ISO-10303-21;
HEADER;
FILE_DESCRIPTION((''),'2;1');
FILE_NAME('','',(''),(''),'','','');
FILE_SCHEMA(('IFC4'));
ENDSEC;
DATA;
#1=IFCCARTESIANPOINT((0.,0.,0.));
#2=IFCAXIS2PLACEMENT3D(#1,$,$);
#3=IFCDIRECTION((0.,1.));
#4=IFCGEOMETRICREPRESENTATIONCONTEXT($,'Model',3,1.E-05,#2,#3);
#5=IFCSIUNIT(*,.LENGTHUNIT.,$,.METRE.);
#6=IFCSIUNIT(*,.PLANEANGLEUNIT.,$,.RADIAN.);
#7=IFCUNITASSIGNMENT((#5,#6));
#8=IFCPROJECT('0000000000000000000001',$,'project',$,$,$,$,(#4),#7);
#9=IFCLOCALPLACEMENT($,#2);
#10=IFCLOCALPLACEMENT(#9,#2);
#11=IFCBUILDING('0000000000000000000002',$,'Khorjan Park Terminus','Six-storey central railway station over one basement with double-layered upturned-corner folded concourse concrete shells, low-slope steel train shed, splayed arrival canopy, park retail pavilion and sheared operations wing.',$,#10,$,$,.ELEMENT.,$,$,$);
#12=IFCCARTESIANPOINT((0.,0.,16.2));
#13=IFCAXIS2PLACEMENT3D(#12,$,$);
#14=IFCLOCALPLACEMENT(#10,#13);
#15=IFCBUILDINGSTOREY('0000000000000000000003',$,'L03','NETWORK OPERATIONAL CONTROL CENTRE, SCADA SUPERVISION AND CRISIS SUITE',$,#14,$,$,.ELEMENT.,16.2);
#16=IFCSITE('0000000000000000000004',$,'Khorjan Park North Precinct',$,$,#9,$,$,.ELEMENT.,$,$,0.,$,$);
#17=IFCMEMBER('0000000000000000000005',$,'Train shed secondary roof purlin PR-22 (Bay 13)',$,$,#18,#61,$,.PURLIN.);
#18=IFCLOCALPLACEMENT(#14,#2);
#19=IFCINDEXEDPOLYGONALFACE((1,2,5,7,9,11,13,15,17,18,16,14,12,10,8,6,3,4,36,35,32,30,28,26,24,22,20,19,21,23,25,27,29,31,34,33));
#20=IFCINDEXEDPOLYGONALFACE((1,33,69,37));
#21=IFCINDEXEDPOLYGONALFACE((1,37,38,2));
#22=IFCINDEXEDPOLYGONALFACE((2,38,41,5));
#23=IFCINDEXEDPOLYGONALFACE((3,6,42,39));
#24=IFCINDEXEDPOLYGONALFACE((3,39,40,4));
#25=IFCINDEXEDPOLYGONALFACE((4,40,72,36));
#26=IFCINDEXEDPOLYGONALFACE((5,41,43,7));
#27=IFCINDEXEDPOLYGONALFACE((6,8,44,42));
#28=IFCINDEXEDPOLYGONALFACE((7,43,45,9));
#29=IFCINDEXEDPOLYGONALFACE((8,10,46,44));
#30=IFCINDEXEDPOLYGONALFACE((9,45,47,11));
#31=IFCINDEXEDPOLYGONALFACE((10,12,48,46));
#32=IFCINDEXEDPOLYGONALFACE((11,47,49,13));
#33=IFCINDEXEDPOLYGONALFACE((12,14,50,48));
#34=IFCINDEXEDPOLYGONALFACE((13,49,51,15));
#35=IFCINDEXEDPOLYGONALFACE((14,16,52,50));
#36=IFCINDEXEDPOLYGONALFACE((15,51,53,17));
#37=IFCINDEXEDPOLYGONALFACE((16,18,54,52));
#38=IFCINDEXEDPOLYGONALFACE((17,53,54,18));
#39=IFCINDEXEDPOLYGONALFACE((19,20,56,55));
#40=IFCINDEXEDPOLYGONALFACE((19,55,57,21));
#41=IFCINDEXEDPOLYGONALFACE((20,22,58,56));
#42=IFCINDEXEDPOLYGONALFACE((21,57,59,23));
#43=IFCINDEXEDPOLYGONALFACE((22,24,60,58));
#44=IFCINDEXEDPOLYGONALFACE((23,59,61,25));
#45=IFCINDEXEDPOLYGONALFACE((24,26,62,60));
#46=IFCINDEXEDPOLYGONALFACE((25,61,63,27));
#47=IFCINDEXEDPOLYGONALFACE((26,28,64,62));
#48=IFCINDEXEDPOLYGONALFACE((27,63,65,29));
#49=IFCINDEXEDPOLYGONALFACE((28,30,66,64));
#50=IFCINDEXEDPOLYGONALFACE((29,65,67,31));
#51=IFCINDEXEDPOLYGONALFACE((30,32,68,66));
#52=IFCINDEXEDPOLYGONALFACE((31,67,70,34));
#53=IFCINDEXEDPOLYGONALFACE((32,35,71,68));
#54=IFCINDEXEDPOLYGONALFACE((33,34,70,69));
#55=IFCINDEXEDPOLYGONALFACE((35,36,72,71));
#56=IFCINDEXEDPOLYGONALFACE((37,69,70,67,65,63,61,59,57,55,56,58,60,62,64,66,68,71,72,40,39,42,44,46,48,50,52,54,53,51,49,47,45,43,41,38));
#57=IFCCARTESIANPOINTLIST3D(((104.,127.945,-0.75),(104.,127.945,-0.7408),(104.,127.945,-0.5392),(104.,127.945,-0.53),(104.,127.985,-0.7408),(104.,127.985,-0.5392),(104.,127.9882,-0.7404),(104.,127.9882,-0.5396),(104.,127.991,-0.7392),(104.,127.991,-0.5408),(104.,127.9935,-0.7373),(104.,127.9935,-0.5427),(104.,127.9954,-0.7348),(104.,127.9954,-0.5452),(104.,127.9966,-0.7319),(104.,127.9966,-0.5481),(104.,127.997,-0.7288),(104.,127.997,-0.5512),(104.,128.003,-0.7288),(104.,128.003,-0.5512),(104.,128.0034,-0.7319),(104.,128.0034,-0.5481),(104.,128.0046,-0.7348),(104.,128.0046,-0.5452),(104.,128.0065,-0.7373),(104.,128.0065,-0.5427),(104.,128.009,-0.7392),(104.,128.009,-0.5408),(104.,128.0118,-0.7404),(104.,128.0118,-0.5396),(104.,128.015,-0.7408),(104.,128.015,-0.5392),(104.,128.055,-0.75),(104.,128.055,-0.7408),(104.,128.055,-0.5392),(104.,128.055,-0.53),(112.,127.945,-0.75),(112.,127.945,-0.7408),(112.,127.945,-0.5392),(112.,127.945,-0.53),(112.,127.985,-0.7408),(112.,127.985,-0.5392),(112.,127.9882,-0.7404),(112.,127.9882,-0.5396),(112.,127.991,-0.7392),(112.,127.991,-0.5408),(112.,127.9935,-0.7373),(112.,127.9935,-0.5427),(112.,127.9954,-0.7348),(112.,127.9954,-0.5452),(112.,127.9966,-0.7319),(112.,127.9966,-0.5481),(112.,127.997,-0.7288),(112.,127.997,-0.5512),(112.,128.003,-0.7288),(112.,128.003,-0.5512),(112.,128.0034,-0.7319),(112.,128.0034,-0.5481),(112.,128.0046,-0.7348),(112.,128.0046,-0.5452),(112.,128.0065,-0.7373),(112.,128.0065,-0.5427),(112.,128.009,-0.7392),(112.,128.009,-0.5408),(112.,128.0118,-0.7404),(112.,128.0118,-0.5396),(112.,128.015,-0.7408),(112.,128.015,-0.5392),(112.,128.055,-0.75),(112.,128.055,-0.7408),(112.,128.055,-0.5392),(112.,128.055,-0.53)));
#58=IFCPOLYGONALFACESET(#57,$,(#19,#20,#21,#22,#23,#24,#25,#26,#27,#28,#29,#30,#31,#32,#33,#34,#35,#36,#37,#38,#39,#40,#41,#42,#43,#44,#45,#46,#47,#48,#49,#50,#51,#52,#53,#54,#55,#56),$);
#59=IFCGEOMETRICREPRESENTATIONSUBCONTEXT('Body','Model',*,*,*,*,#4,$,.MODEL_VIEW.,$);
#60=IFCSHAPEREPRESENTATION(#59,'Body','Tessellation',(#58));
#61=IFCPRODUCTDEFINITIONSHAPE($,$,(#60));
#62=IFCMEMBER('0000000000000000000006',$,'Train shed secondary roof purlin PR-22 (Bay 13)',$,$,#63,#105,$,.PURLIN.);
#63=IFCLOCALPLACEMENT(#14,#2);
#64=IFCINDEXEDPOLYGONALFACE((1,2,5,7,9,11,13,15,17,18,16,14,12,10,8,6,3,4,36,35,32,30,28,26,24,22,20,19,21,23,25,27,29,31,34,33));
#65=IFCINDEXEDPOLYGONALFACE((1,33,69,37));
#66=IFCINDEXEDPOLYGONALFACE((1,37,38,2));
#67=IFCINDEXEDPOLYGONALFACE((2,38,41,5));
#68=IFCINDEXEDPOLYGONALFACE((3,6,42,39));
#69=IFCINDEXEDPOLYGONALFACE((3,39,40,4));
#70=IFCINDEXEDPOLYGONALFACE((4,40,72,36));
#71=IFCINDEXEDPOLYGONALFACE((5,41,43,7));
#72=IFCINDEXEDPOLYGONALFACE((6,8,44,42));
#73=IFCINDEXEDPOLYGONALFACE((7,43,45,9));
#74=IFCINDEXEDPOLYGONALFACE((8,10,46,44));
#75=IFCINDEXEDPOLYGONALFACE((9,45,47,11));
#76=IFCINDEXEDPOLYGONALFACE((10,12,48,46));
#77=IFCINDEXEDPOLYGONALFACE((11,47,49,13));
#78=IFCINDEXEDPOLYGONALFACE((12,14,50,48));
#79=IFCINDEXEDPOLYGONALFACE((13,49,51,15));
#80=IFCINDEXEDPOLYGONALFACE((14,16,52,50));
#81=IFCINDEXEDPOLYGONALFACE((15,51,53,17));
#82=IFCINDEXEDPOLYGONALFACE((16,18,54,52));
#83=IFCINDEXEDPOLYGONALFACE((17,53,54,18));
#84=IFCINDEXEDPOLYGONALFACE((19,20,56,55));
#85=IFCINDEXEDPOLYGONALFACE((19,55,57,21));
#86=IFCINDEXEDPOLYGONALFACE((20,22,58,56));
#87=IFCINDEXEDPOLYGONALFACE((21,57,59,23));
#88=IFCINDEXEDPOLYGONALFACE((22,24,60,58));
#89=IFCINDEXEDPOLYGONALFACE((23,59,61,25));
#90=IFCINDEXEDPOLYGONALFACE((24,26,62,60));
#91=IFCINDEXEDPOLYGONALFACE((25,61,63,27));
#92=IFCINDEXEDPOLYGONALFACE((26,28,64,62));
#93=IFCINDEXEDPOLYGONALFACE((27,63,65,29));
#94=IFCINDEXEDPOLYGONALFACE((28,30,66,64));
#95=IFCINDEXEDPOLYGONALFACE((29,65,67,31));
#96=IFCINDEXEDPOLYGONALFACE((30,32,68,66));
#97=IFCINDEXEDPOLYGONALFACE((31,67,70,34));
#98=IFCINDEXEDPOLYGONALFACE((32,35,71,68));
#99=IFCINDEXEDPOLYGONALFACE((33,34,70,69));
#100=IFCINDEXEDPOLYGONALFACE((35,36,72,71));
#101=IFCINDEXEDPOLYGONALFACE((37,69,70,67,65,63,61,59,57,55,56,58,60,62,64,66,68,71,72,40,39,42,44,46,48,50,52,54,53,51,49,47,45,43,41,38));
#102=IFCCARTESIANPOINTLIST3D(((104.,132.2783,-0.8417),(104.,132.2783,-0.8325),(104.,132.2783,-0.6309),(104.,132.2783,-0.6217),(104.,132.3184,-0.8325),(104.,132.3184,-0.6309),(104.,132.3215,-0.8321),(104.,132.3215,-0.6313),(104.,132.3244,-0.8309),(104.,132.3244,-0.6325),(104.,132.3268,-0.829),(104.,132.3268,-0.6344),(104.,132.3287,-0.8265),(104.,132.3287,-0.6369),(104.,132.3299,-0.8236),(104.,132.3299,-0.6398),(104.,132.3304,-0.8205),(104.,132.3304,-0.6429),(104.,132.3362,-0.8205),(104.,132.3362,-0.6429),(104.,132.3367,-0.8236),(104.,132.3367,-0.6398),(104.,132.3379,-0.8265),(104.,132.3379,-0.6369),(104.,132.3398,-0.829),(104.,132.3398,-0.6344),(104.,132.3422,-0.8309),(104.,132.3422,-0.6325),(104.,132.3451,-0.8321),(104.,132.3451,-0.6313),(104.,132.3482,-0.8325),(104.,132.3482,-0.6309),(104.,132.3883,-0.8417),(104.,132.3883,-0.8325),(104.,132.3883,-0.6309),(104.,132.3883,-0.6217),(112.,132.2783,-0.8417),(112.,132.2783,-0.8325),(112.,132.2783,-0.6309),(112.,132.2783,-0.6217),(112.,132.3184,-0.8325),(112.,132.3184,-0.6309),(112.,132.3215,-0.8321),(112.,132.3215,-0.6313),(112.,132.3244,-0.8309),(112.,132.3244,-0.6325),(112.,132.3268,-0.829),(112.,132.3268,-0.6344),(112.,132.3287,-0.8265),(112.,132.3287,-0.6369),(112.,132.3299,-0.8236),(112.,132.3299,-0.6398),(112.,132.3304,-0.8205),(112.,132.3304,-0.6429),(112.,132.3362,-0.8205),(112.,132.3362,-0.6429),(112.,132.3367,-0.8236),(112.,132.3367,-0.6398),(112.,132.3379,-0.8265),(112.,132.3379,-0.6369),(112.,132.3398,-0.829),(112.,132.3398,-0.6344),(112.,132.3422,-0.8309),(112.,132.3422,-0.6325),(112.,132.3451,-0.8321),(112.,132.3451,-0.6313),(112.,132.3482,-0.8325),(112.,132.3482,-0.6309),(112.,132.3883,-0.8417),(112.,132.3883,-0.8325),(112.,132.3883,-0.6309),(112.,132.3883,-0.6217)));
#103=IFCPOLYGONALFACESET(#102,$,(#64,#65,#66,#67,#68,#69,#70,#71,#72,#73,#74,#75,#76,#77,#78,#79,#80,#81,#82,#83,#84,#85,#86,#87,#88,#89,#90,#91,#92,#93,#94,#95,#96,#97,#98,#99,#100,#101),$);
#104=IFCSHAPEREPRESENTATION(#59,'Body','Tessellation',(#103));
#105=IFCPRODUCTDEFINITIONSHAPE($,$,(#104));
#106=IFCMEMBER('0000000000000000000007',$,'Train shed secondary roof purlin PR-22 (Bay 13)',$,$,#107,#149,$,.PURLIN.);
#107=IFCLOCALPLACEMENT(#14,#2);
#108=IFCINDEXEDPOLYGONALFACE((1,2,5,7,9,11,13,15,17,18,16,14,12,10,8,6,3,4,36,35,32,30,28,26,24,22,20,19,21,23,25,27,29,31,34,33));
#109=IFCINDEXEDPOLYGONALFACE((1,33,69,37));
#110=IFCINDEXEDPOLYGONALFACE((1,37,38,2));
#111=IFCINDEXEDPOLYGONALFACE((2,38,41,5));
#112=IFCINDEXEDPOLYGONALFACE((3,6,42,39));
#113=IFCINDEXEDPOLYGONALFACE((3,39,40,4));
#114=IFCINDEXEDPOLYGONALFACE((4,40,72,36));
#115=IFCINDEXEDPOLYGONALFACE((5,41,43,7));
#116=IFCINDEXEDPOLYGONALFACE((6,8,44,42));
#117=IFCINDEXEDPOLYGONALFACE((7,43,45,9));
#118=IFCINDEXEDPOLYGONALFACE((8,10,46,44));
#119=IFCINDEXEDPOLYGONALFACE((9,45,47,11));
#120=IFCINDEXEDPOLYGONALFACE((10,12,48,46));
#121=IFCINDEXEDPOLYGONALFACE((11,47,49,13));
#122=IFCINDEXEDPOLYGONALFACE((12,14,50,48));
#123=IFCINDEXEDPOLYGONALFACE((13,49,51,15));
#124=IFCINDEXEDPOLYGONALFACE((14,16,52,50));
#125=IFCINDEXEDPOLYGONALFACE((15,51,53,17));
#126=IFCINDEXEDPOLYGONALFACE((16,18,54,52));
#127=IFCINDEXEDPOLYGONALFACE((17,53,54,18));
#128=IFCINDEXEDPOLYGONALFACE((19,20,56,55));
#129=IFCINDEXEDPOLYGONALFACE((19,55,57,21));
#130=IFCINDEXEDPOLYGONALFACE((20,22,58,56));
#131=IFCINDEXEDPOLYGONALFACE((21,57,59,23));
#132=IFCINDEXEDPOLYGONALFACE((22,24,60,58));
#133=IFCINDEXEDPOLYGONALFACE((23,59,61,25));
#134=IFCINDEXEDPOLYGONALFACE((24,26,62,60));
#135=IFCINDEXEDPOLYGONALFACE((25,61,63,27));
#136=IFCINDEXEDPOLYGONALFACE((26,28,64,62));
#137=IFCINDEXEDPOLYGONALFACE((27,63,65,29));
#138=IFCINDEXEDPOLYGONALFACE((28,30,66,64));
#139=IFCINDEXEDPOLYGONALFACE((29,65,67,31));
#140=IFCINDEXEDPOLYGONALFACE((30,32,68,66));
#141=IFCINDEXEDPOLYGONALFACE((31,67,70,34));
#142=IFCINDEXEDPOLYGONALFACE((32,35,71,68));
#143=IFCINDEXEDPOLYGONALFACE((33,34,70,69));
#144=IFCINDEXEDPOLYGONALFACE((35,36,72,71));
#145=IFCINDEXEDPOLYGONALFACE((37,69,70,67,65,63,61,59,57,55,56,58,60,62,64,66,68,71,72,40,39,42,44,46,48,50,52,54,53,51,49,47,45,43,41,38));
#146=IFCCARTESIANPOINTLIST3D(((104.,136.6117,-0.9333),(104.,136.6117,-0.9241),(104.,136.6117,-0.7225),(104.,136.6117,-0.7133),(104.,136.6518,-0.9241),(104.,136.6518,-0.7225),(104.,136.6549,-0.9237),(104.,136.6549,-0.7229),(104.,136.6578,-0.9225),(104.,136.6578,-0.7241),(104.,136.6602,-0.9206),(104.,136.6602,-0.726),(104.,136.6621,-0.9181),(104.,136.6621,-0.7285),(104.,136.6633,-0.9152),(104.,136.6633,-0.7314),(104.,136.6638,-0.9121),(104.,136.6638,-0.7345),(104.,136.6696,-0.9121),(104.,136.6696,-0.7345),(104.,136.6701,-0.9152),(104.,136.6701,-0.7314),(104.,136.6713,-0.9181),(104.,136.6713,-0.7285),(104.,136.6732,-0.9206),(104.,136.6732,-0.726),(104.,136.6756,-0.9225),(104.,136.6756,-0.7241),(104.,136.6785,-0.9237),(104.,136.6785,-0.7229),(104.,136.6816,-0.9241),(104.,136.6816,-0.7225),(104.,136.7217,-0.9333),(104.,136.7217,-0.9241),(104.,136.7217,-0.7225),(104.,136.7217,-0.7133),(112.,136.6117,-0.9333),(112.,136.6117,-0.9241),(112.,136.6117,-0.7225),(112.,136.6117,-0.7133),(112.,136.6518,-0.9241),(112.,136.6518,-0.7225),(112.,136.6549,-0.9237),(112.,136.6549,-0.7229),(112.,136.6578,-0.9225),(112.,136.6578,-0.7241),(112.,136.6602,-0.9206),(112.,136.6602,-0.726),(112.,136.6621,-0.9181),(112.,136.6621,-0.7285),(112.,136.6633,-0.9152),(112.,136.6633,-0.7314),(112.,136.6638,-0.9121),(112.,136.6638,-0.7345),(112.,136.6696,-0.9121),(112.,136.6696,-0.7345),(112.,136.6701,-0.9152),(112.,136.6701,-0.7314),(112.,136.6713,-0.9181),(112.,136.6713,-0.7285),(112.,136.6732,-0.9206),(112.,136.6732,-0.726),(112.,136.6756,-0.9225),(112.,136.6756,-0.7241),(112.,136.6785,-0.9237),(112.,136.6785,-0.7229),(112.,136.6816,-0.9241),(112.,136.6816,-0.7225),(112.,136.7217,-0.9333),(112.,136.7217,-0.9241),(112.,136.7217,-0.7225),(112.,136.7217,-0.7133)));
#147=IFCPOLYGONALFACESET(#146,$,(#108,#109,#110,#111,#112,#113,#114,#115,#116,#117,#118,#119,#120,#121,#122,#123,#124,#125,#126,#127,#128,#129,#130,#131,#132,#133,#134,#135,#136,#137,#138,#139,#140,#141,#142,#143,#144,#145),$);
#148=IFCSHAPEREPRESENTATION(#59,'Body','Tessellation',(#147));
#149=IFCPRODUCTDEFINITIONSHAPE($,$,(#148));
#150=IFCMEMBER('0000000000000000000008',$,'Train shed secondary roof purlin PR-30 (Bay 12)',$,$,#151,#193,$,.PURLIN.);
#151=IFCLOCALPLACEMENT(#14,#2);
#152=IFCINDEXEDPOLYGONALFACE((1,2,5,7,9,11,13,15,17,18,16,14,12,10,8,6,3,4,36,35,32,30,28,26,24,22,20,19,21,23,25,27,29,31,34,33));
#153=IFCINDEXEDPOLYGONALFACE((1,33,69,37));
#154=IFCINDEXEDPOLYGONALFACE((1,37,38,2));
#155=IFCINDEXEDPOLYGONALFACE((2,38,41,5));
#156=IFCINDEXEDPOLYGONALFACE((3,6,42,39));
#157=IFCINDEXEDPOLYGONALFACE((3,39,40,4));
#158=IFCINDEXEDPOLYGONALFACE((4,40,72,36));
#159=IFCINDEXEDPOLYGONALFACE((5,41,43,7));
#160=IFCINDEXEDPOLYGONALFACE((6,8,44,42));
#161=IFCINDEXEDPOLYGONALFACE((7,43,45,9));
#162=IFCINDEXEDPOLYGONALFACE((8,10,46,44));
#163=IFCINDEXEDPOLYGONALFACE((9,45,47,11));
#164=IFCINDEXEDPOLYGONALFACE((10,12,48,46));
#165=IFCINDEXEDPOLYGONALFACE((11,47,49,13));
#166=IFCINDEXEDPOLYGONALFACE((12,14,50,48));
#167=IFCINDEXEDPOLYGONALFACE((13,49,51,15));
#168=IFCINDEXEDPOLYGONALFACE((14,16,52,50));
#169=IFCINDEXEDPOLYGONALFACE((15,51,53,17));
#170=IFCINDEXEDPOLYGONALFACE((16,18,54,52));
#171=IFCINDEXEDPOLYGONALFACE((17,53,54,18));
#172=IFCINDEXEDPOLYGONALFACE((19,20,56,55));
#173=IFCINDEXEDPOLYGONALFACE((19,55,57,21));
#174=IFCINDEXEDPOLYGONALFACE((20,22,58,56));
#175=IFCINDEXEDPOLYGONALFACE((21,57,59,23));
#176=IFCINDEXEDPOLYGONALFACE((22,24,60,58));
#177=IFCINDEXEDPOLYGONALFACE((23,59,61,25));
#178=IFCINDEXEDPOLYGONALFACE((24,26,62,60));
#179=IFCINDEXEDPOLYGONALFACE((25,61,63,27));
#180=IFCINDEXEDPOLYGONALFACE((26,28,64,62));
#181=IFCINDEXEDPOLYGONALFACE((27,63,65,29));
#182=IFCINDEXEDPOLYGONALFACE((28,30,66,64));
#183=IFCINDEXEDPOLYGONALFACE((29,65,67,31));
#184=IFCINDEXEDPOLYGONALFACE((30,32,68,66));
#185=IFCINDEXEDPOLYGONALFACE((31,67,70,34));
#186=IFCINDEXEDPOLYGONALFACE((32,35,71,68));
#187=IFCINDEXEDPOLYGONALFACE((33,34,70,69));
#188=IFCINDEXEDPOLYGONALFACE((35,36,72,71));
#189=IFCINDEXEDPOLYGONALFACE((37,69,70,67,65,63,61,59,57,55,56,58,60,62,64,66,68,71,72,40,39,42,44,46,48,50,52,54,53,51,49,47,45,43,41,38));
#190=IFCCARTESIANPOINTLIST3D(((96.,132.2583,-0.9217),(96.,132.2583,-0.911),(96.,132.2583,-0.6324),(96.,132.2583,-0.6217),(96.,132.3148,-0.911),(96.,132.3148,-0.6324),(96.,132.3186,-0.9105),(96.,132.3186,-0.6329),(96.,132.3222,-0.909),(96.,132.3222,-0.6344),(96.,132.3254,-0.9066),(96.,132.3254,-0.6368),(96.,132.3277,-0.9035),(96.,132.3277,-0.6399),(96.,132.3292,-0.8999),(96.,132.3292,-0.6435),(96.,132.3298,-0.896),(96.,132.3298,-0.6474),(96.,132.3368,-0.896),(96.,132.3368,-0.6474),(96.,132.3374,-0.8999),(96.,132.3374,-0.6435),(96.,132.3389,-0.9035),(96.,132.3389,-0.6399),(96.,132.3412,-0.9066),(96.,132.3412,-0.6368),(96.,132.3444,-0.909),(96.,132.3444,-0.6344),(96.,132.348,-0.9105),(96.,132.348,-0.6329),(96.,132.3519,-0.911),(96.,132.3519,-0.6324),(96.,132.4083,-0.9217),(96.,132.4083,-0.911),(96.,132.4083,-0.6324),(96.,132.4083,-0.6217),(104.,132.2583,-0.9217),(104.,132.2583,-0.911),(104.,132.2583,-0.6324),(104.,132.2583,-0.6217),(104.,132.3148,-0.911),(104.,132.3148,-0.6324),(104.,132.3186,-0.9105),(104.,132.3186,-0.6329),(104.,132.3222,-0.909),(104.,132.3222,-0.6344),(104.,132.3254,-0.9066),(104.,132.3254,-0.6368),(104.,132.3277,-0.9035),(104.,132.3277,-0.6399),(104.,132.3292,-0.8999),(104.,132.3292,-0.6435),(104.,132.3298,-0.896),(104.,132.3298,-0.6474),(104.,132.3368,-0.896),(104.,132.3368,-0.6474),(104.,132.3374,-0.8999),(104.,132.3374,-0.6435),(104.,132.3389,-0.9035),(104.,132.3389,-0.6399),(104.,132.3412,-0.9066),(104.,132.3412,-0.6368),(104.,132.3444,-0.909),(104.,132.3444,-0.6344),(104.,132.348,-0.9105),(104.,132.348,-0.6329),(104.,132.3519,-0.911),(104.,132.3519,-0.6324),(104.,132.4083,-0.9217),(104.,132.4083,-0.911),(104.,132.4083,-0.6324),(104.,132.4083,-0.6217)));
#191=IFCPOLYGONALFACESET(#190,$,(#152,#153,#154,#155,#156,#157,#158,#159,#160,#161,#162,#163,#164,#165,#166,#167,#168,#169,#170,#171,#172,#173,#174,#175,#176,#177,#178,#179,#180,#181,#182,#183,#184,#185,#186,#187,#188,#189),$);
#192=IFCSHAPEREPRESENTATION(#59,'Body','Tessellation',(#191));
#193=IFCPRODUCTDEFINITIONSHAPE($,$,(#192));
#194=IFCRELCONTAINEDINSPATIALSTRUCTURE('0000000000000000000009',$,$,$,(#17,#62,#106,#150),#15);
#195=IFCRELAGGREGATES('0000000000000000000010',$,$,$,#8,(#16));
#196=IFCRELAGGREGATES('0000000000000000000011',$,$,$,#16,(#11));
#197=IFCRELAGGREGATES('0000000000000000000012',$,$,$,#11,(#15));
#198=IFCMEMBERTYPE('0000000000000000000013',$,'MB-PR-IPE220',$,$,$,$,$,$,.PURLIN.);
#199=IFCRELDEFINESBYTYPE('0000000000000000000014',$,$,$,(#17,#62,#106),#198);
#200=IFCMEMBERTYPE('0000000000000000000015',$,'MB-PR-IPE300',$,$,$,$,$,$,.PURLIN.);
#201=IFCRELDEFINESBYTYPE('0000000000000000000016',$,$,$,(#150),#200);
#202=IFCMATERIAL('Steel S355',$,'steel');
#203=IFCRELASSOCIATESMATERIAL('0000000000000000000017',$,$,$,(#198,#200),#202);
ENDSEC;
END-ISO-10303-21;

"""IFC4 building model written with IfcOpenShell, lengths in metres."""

from ifc_helpers import new_model, si_unit, direction, frame, origin, origin_2d, place, context, subcontext, project, spatial, i_section, extrude, material, material_profile, profile_set, type_object, element, save


model = new_model("IFC4")

# Units and contexts
model_context = context("Model", 3, precision=1e-05, world=origin(), true_north=direction((0.0, 1.0)))
body_context = subcontext(model_context, "Body", "Model", "MODEL_VIEW")
ifc_project = project(units=[si_unit("LENGTHUNIT", "METRE"), si_unit("PLANEANGLEUNIT", "RADIAN")], contexts=[model_context])

# Site, building, storey
site_placement = place(None, origin())
site = spatial("IfcSite", under=ifc_project, at=site_placement, Name="Khorjan Park North Precinct", CompositionType="ELEMENT", RefElevation=0.0)
building_placement = place(site_placement, origin())
building = spatial("IfcBuilding", under=site, at=building_placement, Name="Khorjan Park Terminus", Description="Six-storey central railway station over one basement with double-layered upturned-corner folded concourse concrete shells, low-slope steel train shed, splayed arrival canopy, park retail pavilion and sheared operations wing.", CompositionType="ELEMENT")
storey_placement = place(building_placement, frame((0.0, 0.0, 16.2)))
storey = spatial("IfcBuildingStorey", under=building, at=storey_placement, Name="L03", Description="NETWORK OPERATIONAL CONTROL CENTRE, SCADA SUPERVISION AND CRISIS SUITE", CompositionType="ELEMENT", Elevation=16.2)

# Members
ifc_material = material(Name="Steel S355", Category="steel")
ifc_material_profile_1 = material_profile(ifc_material, i_section(OverallWidth=0.11, OverallDepth=0.22, WebThickness=0.0059, FlangeThickness=0.0092, FilletRadius=0.012, at=origin_2d()), Name="IPE 220")
ifc_profile_set_1 = profile_set([ifc_material_profile_1], Name="Steel S355")
member_type_1 = type_object("IfcMemberType", Name="MB-PR-IPE220", PredefinedType="PURLIN", material=ifc_profile_set_1)
for number, where, z_axis, x_axis, name in (
    (1, (104.0, 128.0, -0.64), (1.0, 0.0, 0.0), (0.0, 1.0, 0.0), "Train shed secondary roof purlin PR-22 (Bay 13)"),
    (2, (104.0, 132.3333, -0.7317), (1.0, 0.0, 0.0), (0.0, 1.0, 0.0), "Train shed secondary roof purlin PR-22 (Bay 13)"),
    (3, (104.0, 136.6667, -0.8233), (1.0, 0.0, 0.0), (0.0, 1.0, 0.0), "Train shed secondary roof purlin PR-22 (Bay 13)"),
):
    element("IfcMember", number, at=place(storey_placement, frame(where, z_axis=z_axis, x_axis=x_axis)), inside=storey, type_object=member_type_1, Name=name, PredefinedType="PURLIN", context=body_context, shape_type="SweptSolid", body=[
        extrude(i_section(OverallWidth=0.11, OverallDepth=0.22, WebThickness=0.0059, FlangeThickness=0.0092, FilletRadius=0.012, at=origin_2d()), origin(), (0.0, 0.0, 1.0), 8.0),
    ])
ifc_material_profile_2 = material_profile(ifc_material, i_section(OverallWidth=0.15, OverallDepth=0.3, WebThickness=0.0071, FlangeThickness=0.0107, FilletRadius=0.015, at=origin_2d()), Name="IPE 300")
ifc_profile_set_2 = profile_set([ifc_material_profile_2], Name="Steel S355")
member_type_2 = type_object("IfcMemberType", Name="MB-PR-IPE300", PredefinedType="PURLIN", material=ifc_profile_set_2)
for number, where, z_axis, x_axis, name in (
    (4, (96.0, 132.3333, -0.7717), (1.0, 0.0, 0.0), (0.0, 1.0, 0.0), "Train shed secondary roof purlin PR-30 (Bay 12)"),
):
    element("IfcMember", number, at=place(storey_placement, frame(where, z_axis=z_axis, x_axis=x_axis)), inside=storey, type_object=member_type_2, Name=name, PredefinedType="PURLIN", context=body_context, shape_type="SweptSolid", body=[
        extrude(i_section(OverallWidth=0.15, OverallDepth=0.3, WebThickness=0.0071, FlangeThickness=0.0107, FilletRadius=0.015, at=origin_2d()), origin(), (0.0, 0.0, 1.0), 8.0),
    ])

save(model, "model.ifc")
